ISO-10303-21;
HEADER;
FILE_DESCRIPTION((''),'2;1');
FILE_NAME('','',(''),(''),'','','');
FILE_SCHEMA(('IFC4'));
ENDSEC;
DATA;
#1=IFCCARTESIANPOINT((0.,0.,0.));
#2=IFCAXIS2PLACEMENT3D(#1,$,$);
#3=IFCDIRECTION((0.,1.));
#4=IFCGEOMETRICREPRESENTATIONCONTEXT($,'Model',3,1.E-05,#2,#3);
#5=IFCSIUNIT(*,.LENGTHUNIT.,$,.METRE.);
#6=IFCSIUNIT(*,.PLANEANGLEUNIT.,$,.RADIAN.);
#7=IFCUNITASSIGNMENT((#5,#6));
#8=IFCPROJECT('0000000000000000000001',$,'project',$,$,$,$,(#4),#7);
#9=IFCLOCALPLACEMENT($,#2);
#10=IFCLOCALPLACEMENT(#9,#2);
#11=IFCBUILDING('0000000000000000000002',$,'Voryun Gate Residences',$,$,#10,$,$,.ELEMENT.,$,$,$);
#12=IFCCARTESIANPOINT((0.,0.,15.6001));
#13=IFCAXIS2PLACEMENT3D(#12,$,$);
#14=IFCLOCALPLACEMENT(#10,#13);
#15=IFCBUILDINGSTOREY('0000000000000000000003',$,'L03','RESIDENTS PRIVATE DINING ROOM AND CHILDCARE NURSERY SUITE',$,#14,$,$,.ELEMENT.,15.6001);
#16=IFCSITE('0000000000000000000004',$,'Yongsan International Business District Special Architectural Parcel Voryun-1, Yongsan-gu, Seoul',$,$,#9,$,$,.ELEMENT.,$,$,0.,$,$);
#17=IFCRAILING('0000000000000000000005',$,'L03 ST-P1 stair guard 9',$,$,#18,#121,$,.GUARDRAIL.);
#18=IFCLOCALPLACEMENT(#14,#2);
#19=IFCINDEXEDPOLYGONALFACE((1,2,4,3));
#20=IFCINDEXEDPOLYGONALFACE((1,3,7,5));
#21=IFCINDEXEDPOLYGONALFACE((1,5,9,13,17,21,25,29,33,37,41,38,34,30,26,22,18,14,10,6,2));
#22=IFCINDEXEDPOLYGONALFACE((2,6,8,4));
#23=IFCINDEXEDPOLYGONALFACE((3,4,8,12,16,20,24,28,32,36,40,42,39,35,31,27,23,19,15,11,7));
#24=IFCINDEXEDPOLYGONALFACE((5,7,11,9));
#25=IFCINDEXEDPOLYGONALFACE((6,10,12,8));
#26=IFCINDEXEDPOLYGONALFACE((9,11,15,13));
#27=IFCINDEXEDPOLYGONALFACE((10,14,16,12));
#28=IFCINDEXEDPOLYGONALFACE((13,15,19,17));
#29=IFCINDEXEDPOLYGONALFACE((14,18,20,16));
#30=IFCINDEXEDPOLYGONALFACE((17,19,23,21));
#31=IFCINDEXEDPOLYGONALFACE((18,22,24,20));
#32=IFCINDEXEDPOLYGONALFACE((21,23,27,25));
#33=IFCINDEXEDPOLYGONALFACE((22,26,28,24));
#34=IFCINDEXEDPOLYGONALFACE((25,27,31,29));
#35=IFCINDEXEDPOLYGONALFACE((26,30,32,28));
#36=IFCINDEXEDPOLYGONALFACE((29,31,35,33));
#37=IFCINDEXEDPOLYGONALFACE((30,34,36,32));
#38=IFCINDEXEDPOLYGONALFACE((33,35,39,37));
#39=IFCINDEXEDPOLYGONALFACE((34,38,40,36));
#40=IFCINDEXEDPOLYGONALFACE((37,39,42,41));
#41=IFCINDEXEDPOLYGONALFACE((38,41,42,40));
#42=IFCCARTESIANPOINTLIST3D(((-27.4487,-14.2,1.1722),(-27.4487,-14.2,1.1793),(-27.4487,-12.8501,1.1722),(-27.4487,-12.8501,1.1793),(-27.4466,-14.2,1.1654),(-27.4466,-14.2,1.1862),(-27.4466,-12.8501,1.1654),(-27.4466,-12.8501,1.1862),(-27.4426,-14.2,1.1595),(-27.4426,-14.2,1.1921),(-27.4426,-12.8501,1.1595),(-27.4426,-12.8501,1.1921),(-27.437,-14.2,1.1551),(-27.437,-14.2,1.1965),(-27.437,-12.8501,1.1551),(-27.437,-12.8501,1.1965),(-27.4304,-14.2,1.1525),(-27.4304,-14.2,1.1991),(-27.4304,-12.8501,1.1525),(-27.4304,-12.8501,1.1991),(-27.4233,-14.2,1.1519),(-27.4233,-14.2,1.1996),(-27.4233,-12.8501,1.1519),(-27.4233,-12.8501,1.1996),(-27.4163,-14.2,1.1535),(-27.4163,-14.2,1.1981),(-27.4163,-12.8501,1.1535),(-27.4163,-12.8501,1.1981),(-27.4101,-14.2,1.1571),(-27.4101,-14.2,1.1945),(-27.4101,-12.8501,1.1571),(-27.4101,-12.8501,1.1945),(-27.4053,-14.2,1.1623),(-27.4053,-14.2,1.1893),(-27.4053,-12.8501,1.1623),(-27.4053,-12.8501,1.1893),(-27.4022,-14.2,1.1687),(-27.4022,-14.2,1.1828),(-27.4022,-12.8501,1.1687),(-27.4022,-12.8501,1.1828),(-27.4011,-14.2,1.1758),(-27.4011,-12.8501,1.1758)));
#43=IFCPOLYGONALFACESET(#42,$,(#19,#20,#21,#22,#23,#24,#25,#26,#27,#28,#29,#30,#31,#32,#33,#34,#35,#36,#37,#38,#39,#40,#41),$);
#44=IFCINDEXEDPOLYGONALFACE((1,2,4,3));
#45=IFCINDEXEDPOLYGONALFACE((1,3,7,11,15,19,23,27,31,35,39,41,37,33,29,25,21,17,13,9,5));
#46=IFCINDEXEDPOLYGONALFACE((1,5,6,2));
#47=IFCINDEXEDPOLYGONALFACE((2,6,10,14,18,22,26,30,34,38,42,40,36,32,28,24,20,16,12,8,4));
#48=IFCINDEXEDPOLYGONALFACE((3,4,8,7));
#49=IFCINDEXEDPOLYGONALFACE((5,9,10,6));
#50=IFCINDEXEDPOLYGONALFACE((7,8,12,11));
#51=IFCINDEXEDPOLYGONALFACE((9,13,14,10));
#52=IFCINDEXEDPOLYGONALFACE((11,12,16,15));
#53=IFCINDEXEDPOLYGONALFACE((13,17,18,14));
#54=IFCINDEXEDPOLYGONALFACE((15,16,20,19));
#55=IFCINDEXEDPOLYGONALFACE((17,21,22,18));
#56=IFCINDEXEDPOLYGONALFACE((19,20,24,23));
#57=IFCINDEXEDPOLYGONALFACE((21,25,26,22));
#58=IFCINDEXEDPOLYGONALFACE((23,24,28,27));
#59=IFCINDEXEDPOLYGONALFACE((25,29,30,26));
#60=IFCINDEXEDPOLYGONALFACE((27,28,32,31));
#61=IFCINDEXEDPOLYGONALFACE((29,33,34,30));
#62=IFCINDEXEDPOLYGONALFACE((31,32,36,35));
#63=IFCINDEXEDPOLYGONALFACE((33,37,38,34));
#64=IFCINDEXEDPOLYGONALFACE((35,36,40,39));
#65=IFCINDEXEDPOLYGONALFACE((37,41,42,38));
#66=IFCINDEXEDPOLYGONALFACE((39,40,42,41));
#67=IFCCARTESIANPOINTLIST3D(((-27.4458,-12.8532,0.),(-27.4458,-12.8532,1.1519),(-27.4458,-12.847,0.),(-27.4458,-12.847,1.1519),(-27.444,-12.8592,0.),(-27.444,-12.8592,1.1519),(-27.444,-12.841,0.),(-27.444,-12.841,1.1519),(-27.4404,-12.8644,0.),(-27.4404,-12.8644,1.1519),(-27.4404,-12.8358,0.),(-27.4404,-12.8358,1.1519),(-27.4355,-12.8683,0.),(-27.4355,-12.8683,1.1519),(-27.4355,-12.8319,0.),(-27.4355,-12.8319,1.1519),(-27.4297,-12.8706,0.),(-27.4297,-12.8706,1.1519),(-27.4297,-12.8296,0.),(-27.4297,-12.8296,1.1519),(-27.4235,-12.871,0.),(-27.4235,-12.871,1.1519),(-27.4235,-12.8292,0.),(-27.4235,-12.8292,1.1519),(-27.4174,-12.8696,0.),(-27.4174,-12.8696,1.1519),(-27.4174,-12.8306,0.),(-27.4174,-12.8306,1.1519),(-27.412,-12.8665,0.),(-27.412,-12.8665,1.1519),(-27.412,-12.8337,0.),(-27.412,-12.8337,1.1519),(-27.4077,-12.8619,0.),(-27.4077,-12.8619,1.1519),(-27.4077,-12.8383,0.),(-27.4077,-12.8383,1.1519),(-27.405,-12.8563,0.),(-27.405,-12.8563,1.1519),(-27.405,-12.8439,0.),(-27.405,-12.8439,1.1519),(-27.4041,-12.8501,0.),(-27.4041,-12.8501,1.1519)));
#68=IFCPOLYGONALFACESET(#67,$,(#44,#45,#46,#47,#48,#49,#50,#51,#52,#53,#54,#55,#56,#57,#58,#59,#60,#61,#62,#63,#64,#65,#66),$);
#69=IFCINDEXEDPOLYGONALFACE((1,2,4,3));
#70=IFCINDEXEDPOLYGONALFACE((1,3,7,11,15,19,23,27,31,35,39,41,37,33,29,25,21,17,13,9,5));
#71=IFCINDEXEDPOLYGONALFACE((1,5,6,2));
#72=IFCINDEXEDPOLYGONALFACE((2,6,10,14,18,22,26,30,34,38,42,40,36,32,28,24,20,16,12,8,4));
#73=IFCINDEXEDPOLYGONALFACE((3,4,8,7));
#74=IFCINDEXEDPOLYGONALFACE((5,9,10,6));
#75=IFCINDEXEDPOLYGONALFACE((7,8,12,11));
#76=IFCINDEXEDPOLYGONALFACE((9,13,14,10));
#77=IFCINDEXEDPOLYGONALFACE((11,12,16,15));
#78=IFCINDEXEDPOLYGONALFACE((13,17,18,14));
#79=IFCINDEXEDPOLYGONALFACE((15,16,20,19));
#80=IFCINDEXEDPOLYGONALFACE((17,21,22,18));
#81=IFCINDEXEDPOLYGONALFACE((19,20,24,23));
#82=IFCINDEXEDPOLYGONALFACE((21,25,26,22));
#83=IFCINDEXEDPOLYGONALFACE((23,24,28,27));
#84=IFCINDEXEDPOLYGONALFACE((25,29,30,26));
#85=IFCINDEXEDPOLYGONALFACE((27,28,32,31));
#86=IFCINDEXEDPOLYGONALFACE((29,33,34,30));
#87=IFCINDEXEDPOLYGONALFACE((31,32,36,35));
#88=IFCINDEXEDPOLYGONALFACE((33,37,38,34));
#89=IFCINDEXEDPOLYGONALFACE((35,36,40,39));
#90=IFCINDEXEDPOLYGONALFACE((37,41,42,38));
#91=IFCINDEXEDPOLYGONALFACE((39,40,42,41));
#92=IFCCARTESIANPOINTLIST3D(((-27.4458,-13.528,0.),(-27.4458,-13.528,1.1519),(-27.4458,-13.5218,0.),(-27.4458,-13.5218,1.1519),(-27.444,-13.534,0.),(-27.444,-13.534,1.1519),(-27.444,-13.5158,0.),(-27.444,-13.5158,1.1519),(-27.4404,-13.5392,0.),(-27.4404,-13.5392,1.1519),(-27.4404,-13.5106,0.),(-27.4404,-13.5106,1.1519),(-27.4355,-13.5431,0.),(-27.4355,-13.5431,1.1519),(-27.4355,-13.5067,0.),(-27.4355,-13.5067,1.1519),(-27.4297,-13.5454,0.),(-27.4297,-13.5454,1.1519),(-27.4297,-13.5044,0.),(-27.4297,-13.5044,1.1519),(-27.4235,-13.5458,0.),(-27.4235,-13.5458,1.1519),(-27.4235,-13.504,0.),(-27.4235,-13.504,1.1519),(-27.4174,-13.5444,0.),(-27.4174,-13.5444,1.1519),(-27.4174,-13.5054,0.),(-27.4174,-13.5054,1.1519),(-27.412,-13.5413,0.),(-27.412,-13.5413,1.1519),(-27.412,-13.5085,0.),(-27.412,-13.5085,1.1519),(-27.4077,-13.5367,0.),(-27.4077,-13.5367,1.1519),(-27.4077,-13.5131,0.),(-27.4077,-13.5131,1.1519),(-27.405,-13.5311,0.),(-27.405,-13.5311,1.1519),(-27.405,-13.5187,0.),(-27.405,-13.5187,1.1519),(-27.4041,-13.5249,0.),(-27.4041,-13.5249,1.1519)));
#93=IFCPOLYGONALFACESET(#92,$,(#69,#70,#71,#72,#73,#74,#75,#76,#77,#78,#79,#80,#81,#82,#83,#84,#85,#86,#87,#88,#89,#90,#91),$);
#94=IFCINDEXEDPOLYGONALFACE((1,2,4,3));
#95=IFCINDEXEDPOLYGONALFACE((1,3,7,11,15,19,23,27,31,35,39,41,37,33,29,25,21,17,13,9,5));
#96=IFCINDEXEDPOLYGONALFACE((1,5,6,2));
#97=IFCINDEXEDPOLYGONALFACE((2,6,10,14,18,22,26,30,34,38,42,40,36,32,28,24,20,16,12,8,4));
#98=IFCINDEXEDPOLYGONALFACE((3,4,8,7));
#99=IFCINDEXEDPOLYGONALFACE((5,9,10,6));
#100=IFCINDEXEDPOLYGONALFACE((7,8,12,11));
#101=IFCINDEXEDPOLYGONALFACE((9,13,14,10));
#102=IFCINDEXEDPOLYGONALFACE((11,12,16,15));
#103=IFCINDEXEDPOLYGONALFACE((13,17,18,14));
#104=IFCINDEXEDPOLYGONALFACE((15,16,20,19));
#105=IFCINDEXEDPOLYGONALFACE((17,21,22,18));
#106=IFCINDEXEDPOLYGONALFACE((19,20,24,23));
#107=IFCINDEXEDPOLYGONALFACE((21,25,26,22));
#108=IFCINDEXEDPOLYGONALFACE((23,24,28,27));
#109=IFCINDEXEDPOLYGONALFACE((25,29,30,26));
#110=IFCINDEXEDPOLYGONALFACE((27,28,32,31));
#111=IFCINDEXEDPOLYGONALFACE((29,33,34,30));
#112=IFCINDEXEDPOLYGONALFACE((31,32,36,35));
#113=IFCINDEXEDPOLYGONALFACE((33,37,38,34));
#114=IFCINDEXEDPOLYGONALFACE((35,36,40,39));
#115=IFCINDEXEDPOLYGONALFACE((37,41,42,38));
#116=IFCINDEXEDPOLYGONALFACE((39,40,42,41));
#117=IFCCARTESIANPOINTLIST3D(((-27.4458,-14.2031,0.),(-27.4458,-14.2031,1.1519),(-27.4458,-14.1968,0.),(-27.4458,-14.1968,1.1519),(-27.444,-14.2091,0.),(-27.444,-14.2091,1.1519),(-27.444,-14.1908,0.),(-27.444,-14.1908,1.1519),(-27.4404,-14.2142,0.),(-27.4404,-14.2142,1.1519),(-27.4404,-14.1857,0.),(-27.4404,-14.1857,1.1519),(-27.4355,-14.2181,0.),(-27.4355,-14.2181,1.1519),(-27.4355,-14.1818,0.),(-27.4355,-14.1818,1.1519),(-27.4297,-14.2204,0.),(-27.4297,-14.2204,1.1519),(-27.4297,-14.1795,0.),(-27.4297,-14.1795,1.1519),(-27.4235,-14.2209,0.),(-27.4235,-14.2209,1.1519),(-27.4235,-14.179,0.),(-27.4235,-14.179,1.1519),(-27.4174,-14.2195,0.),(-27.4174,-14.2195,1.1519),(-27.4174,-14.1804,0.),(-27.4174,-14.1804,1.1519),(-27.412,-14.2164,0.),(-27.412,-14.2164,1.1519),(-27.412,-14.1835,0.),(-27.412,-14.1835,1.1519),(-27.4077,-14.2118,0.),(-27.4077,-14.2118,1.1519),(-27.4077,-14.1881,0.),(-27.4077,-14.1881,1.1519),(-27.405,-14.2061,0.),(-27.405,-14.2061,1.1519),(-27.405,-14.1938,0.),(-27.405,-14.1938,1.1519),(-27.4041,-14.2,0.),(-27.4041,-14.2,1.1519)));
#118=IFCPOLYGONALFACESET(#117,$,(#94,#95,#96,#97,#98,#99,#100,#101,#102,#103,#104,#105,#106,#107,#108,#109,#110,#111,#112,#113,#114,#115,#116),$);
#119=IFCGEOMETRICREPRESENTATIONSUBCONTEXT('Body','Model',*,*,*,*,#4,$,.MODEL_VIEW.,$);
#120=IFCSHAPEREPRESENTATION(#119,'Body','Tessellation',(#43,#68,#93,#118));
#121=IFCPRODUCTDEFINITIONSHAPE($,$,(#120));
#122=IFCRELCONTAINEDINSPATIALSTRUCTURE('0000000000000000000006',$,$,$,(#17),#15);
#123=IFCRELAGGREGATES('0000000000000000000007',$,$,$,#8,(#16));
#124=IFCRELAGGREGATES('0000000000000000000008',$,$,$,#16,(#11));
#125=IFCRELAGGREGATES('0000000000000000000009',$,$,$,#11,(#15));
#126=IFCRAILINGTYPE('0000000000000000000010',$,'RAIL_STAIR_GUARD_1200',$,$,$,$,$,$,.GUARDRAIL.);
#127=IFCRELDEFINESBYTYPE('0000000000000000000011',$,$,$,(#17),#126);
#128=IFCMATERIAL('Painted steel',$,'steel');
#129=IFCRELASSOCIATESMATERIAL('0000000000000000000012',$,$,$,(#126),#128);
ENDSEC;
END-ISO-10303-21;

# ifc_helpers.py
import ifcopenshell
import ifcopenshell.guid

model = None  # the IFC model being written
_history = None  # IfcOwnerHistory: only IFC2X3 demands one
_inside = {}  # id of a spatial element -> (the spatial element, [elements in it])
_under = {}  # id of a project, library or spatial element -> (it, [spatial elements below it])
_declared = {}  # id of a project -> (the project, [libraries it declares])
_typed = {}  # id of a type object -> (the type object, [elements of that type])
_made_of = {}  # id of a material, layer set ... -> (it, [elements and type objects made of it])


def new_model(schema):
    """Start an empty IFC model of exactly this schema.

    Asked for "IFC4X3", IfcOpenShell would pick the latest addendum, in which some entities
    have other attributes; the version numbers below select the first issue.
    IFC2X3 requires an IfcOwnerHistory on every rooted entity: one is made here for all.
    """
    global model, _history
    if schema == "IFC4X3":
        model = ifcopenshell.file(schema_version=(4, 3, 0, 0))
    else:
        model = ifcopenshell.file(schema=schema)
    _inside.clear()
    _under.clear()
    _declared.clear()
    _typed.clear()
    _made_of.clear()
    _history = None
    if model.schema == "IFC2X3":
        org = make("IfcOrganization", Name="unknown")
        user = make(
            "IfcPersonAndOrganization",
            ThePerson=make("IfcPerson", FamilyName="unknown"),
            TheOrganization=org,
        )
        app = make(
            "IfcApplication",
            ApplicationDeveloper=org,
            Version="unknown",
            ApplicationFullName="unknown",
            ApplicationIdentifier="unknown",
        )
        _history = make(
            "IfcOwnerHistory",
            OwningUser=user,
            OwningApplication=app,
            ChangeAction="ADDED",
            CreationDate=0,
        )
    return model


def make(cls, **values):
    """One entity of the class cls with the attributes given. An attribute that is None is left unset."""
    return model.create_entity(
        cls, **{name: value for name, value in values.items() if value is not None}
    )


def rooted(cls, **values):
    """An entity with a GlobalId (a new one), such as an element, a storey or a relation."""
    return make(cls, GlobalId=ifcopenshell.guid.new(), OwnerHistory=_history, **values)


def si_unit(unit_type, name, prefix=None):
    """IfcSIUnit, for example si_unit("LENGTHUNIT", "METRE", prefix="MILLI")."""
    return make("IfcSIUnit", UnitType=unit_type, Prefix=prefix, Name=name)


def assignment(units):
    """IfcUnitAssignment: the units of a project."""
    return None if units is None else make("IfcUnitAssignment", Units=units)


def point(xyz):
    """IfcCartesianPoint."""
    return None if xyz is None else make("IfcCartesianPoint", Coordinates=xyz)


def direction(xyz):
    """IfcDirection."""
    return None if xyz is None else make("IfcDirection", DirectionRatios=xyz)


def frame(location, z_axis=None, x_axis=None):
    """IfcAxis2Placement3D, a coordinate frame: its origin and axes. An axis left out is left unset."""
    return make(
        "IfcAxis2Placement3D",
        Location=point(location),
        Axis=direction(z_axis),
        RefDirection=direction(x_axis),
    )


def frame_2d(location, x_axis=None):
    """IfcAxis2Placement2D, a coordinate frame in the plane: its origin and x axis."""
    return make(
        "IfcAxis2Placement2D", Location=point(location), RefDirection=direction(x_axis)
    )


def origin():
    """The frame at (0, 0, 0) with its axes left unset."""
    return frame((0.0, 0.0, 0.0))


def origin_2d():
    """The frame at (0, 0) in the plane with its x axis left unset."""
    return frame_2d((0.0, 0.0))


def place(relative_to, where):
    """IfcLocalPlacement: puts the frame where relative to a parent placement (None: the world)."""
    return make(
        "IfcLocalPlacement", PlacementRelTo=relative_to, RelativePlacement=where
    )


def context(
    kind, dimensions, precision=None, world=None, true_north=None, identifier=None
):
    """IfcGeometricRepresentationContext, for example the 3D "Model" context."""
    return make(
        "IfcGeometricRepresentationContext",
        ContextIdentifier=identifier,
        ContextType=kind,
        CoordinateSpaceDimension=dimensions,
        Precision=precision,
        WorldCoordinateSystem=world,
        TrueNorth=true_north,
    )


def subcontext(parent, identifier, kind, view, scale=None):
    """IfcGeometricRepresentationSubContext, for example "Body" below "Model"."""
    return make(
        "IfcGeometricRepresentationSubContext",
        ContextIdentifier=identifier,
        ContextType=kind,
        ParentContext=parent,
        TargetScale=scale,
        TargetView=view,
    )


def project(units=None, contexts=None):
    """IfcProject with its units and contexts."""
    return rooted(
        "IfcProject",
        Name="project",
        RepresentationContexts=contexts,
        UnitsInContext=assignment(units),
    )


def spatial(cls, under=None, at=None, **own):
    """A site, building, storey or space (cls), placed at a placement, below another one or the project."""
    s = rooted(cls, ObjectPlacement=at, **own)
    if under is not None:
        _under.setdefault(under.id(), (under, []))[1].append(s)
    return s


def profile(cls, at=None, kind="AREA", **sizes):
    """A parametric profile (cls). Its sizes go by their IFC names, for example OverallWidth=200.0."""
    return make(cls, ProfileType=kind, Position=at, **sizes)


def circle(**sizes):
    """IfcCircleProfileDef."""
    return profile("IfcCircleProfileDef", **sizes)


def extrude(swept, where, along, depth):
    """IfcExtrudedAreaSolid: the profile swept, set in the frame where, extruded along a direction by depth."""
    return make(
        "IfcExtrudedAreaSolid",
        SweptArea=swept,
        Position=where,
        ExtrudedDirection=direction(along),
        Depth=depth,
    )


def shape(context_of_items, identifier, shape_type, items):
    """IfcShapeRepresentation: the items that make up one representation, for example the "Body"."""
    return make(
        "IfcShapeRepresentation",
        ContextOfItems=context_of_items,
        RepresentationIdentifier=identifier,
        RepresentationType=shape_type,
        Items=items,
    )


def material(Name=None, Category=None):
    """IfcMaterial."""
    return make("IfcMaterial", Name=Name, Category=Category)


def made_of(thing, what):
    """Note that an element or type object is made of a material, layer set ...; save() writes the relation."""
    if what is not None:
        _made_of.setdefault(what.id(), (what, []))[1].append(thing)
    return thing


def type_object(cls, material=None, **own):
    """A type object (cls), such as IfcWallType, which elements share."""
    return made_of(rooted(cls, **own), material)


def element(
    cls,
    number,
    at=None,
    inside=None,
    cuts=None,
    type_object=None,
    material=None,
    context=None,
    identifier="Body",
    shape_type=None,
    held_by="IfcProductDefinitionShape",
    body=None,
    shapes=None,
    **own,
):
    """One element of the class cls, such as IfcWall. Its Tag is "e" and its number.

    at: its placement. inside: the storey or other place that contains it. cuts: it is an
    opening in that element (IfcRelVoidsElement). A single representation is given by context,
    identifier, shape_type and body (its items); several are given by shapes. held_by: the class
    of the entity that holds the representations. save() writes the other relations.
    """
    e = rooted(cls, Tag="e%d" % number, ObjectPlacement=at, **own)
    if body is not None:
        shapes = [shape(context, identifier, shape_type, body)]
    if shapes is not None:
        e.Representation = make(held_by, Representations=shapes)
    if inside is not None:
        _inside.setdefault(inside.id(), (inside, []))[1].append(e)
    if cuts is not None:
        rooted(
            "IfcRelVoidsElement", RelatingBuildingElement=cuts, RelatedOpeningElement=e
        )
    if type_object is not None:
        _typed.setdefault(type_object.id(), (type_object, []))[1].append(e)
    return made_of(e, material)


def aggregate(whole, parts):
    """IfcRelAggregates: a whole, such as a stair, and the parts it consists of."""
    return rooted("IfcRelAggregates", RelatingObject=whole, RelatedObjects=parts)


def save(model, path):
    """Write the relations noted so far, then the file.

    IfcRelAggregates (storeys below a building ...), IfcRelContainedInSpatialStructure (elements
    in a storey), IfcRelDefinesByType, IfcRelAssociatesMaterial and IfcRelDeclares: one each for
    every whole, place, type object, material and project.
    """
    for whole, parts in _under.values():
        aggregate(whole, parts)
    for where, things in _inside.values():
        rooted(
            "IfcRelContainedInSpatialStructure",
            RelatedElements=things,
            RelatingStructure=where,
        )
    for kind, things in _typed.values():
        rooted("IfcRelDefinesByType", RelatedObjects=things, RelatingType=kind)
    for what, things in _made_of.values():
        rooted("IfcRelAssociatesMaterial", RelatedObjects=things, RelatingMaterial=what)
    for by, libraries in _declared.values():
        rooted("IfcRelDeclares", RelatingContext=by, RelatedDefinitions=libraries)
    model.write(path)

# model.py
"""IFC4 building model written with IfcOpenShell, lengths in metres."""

from ifc_helpers import new_model, si_unit, direction, frame, origin, origin_2d, place, context, subcontext, project, spatial, circle, extrude, material, type_object, element, save


model = new_model("IFC4")

# Units and contexts
model_context = context("Model", 3, precision=1e-05, world=origin(), true_north=direction((0.0, 1.0)))
body_context = subcontext(model_context, "Body", "Model", "MODEL_VIEW")
ifc_project = project(units=[si_unit("LENGTHUNIT", "METRE"), si_unit("PLANEANGLEUNIT", "RADIAN")], contexts=[model_context])

# Site, building, storey
site_placement = place(None, origin())
site = spatial("IfcSite", under=ifc_project, at=site_placement, Name="Yongsan International Business District Special Architectural Parcel Voryun-1, Yongsan-gu, Seoul", CompositionType="ELEMENT", RefElevation=0.0)
building_placement = place(site_placement, origin())
building = spatial("IfcBuilding", under=site, at=building_placement, Name="Voryun Gate Residences", CompositionType="ELEMENT")
storey_placement = place(building_placement, frame((0.0, 0.0, 15.6001)))
storey = spatial("IfcBuildingStorey", under=building, at=storey_placement, Name="L03", Description="RESIDENTS PRIVATE DINING ROOM AND CHILDCARE NURSERY SUITE", CompositionType="ELEMENT", Elevation=15.6001)

# Railing
ifc_material_1 = material(Name="Painted steel", Category="steel")
railing_type = type_object("IfcRailingType", Name="RAIL_STAIR_GUARD_1200", PredefinedType="GUARDRAIL", material=ifc_material_1)
for number, where, name in (
    (1, (-27.425, -12.8501, 0.0), "L03 ST-P1 stair guard 9"),
):
    element("IfcRailing", number, at=place(storey_placement, frame(where)), inside=storey, type_object=railing_type, Name=name, PredefinedType="GUARDRAIL", context=body_context, shape_type="SweptSolid", body=[
        extrude(circle(Radius=0.0239, at=origin_2d()), frame((0.0, 0.0, 1.1758), z_axis=(0.0, -1.0, 0.0), x_axis=(1.0, 0.0, 0.0)), (0.0, 0.0, 1.0), 1.3499),
        extrude(circle(Radius=0.021, at=origin_2d()), origin(), (0.0, 0.0, 1.0), 1.1519),
        extrude(circle(Radius=0.021, at=origin_2d()), frame((0.0, -0.6748, 0.0)), (0.0, 0.0, 1.0), 1.1519),
        extrude(circle(Radius=0.021, at=origin_2d()), frame((0.0, -1.3499, 0.0)), (0.0, 0.0, 1.0), 1.1519),
    ])

save(model, "model.ifc")
